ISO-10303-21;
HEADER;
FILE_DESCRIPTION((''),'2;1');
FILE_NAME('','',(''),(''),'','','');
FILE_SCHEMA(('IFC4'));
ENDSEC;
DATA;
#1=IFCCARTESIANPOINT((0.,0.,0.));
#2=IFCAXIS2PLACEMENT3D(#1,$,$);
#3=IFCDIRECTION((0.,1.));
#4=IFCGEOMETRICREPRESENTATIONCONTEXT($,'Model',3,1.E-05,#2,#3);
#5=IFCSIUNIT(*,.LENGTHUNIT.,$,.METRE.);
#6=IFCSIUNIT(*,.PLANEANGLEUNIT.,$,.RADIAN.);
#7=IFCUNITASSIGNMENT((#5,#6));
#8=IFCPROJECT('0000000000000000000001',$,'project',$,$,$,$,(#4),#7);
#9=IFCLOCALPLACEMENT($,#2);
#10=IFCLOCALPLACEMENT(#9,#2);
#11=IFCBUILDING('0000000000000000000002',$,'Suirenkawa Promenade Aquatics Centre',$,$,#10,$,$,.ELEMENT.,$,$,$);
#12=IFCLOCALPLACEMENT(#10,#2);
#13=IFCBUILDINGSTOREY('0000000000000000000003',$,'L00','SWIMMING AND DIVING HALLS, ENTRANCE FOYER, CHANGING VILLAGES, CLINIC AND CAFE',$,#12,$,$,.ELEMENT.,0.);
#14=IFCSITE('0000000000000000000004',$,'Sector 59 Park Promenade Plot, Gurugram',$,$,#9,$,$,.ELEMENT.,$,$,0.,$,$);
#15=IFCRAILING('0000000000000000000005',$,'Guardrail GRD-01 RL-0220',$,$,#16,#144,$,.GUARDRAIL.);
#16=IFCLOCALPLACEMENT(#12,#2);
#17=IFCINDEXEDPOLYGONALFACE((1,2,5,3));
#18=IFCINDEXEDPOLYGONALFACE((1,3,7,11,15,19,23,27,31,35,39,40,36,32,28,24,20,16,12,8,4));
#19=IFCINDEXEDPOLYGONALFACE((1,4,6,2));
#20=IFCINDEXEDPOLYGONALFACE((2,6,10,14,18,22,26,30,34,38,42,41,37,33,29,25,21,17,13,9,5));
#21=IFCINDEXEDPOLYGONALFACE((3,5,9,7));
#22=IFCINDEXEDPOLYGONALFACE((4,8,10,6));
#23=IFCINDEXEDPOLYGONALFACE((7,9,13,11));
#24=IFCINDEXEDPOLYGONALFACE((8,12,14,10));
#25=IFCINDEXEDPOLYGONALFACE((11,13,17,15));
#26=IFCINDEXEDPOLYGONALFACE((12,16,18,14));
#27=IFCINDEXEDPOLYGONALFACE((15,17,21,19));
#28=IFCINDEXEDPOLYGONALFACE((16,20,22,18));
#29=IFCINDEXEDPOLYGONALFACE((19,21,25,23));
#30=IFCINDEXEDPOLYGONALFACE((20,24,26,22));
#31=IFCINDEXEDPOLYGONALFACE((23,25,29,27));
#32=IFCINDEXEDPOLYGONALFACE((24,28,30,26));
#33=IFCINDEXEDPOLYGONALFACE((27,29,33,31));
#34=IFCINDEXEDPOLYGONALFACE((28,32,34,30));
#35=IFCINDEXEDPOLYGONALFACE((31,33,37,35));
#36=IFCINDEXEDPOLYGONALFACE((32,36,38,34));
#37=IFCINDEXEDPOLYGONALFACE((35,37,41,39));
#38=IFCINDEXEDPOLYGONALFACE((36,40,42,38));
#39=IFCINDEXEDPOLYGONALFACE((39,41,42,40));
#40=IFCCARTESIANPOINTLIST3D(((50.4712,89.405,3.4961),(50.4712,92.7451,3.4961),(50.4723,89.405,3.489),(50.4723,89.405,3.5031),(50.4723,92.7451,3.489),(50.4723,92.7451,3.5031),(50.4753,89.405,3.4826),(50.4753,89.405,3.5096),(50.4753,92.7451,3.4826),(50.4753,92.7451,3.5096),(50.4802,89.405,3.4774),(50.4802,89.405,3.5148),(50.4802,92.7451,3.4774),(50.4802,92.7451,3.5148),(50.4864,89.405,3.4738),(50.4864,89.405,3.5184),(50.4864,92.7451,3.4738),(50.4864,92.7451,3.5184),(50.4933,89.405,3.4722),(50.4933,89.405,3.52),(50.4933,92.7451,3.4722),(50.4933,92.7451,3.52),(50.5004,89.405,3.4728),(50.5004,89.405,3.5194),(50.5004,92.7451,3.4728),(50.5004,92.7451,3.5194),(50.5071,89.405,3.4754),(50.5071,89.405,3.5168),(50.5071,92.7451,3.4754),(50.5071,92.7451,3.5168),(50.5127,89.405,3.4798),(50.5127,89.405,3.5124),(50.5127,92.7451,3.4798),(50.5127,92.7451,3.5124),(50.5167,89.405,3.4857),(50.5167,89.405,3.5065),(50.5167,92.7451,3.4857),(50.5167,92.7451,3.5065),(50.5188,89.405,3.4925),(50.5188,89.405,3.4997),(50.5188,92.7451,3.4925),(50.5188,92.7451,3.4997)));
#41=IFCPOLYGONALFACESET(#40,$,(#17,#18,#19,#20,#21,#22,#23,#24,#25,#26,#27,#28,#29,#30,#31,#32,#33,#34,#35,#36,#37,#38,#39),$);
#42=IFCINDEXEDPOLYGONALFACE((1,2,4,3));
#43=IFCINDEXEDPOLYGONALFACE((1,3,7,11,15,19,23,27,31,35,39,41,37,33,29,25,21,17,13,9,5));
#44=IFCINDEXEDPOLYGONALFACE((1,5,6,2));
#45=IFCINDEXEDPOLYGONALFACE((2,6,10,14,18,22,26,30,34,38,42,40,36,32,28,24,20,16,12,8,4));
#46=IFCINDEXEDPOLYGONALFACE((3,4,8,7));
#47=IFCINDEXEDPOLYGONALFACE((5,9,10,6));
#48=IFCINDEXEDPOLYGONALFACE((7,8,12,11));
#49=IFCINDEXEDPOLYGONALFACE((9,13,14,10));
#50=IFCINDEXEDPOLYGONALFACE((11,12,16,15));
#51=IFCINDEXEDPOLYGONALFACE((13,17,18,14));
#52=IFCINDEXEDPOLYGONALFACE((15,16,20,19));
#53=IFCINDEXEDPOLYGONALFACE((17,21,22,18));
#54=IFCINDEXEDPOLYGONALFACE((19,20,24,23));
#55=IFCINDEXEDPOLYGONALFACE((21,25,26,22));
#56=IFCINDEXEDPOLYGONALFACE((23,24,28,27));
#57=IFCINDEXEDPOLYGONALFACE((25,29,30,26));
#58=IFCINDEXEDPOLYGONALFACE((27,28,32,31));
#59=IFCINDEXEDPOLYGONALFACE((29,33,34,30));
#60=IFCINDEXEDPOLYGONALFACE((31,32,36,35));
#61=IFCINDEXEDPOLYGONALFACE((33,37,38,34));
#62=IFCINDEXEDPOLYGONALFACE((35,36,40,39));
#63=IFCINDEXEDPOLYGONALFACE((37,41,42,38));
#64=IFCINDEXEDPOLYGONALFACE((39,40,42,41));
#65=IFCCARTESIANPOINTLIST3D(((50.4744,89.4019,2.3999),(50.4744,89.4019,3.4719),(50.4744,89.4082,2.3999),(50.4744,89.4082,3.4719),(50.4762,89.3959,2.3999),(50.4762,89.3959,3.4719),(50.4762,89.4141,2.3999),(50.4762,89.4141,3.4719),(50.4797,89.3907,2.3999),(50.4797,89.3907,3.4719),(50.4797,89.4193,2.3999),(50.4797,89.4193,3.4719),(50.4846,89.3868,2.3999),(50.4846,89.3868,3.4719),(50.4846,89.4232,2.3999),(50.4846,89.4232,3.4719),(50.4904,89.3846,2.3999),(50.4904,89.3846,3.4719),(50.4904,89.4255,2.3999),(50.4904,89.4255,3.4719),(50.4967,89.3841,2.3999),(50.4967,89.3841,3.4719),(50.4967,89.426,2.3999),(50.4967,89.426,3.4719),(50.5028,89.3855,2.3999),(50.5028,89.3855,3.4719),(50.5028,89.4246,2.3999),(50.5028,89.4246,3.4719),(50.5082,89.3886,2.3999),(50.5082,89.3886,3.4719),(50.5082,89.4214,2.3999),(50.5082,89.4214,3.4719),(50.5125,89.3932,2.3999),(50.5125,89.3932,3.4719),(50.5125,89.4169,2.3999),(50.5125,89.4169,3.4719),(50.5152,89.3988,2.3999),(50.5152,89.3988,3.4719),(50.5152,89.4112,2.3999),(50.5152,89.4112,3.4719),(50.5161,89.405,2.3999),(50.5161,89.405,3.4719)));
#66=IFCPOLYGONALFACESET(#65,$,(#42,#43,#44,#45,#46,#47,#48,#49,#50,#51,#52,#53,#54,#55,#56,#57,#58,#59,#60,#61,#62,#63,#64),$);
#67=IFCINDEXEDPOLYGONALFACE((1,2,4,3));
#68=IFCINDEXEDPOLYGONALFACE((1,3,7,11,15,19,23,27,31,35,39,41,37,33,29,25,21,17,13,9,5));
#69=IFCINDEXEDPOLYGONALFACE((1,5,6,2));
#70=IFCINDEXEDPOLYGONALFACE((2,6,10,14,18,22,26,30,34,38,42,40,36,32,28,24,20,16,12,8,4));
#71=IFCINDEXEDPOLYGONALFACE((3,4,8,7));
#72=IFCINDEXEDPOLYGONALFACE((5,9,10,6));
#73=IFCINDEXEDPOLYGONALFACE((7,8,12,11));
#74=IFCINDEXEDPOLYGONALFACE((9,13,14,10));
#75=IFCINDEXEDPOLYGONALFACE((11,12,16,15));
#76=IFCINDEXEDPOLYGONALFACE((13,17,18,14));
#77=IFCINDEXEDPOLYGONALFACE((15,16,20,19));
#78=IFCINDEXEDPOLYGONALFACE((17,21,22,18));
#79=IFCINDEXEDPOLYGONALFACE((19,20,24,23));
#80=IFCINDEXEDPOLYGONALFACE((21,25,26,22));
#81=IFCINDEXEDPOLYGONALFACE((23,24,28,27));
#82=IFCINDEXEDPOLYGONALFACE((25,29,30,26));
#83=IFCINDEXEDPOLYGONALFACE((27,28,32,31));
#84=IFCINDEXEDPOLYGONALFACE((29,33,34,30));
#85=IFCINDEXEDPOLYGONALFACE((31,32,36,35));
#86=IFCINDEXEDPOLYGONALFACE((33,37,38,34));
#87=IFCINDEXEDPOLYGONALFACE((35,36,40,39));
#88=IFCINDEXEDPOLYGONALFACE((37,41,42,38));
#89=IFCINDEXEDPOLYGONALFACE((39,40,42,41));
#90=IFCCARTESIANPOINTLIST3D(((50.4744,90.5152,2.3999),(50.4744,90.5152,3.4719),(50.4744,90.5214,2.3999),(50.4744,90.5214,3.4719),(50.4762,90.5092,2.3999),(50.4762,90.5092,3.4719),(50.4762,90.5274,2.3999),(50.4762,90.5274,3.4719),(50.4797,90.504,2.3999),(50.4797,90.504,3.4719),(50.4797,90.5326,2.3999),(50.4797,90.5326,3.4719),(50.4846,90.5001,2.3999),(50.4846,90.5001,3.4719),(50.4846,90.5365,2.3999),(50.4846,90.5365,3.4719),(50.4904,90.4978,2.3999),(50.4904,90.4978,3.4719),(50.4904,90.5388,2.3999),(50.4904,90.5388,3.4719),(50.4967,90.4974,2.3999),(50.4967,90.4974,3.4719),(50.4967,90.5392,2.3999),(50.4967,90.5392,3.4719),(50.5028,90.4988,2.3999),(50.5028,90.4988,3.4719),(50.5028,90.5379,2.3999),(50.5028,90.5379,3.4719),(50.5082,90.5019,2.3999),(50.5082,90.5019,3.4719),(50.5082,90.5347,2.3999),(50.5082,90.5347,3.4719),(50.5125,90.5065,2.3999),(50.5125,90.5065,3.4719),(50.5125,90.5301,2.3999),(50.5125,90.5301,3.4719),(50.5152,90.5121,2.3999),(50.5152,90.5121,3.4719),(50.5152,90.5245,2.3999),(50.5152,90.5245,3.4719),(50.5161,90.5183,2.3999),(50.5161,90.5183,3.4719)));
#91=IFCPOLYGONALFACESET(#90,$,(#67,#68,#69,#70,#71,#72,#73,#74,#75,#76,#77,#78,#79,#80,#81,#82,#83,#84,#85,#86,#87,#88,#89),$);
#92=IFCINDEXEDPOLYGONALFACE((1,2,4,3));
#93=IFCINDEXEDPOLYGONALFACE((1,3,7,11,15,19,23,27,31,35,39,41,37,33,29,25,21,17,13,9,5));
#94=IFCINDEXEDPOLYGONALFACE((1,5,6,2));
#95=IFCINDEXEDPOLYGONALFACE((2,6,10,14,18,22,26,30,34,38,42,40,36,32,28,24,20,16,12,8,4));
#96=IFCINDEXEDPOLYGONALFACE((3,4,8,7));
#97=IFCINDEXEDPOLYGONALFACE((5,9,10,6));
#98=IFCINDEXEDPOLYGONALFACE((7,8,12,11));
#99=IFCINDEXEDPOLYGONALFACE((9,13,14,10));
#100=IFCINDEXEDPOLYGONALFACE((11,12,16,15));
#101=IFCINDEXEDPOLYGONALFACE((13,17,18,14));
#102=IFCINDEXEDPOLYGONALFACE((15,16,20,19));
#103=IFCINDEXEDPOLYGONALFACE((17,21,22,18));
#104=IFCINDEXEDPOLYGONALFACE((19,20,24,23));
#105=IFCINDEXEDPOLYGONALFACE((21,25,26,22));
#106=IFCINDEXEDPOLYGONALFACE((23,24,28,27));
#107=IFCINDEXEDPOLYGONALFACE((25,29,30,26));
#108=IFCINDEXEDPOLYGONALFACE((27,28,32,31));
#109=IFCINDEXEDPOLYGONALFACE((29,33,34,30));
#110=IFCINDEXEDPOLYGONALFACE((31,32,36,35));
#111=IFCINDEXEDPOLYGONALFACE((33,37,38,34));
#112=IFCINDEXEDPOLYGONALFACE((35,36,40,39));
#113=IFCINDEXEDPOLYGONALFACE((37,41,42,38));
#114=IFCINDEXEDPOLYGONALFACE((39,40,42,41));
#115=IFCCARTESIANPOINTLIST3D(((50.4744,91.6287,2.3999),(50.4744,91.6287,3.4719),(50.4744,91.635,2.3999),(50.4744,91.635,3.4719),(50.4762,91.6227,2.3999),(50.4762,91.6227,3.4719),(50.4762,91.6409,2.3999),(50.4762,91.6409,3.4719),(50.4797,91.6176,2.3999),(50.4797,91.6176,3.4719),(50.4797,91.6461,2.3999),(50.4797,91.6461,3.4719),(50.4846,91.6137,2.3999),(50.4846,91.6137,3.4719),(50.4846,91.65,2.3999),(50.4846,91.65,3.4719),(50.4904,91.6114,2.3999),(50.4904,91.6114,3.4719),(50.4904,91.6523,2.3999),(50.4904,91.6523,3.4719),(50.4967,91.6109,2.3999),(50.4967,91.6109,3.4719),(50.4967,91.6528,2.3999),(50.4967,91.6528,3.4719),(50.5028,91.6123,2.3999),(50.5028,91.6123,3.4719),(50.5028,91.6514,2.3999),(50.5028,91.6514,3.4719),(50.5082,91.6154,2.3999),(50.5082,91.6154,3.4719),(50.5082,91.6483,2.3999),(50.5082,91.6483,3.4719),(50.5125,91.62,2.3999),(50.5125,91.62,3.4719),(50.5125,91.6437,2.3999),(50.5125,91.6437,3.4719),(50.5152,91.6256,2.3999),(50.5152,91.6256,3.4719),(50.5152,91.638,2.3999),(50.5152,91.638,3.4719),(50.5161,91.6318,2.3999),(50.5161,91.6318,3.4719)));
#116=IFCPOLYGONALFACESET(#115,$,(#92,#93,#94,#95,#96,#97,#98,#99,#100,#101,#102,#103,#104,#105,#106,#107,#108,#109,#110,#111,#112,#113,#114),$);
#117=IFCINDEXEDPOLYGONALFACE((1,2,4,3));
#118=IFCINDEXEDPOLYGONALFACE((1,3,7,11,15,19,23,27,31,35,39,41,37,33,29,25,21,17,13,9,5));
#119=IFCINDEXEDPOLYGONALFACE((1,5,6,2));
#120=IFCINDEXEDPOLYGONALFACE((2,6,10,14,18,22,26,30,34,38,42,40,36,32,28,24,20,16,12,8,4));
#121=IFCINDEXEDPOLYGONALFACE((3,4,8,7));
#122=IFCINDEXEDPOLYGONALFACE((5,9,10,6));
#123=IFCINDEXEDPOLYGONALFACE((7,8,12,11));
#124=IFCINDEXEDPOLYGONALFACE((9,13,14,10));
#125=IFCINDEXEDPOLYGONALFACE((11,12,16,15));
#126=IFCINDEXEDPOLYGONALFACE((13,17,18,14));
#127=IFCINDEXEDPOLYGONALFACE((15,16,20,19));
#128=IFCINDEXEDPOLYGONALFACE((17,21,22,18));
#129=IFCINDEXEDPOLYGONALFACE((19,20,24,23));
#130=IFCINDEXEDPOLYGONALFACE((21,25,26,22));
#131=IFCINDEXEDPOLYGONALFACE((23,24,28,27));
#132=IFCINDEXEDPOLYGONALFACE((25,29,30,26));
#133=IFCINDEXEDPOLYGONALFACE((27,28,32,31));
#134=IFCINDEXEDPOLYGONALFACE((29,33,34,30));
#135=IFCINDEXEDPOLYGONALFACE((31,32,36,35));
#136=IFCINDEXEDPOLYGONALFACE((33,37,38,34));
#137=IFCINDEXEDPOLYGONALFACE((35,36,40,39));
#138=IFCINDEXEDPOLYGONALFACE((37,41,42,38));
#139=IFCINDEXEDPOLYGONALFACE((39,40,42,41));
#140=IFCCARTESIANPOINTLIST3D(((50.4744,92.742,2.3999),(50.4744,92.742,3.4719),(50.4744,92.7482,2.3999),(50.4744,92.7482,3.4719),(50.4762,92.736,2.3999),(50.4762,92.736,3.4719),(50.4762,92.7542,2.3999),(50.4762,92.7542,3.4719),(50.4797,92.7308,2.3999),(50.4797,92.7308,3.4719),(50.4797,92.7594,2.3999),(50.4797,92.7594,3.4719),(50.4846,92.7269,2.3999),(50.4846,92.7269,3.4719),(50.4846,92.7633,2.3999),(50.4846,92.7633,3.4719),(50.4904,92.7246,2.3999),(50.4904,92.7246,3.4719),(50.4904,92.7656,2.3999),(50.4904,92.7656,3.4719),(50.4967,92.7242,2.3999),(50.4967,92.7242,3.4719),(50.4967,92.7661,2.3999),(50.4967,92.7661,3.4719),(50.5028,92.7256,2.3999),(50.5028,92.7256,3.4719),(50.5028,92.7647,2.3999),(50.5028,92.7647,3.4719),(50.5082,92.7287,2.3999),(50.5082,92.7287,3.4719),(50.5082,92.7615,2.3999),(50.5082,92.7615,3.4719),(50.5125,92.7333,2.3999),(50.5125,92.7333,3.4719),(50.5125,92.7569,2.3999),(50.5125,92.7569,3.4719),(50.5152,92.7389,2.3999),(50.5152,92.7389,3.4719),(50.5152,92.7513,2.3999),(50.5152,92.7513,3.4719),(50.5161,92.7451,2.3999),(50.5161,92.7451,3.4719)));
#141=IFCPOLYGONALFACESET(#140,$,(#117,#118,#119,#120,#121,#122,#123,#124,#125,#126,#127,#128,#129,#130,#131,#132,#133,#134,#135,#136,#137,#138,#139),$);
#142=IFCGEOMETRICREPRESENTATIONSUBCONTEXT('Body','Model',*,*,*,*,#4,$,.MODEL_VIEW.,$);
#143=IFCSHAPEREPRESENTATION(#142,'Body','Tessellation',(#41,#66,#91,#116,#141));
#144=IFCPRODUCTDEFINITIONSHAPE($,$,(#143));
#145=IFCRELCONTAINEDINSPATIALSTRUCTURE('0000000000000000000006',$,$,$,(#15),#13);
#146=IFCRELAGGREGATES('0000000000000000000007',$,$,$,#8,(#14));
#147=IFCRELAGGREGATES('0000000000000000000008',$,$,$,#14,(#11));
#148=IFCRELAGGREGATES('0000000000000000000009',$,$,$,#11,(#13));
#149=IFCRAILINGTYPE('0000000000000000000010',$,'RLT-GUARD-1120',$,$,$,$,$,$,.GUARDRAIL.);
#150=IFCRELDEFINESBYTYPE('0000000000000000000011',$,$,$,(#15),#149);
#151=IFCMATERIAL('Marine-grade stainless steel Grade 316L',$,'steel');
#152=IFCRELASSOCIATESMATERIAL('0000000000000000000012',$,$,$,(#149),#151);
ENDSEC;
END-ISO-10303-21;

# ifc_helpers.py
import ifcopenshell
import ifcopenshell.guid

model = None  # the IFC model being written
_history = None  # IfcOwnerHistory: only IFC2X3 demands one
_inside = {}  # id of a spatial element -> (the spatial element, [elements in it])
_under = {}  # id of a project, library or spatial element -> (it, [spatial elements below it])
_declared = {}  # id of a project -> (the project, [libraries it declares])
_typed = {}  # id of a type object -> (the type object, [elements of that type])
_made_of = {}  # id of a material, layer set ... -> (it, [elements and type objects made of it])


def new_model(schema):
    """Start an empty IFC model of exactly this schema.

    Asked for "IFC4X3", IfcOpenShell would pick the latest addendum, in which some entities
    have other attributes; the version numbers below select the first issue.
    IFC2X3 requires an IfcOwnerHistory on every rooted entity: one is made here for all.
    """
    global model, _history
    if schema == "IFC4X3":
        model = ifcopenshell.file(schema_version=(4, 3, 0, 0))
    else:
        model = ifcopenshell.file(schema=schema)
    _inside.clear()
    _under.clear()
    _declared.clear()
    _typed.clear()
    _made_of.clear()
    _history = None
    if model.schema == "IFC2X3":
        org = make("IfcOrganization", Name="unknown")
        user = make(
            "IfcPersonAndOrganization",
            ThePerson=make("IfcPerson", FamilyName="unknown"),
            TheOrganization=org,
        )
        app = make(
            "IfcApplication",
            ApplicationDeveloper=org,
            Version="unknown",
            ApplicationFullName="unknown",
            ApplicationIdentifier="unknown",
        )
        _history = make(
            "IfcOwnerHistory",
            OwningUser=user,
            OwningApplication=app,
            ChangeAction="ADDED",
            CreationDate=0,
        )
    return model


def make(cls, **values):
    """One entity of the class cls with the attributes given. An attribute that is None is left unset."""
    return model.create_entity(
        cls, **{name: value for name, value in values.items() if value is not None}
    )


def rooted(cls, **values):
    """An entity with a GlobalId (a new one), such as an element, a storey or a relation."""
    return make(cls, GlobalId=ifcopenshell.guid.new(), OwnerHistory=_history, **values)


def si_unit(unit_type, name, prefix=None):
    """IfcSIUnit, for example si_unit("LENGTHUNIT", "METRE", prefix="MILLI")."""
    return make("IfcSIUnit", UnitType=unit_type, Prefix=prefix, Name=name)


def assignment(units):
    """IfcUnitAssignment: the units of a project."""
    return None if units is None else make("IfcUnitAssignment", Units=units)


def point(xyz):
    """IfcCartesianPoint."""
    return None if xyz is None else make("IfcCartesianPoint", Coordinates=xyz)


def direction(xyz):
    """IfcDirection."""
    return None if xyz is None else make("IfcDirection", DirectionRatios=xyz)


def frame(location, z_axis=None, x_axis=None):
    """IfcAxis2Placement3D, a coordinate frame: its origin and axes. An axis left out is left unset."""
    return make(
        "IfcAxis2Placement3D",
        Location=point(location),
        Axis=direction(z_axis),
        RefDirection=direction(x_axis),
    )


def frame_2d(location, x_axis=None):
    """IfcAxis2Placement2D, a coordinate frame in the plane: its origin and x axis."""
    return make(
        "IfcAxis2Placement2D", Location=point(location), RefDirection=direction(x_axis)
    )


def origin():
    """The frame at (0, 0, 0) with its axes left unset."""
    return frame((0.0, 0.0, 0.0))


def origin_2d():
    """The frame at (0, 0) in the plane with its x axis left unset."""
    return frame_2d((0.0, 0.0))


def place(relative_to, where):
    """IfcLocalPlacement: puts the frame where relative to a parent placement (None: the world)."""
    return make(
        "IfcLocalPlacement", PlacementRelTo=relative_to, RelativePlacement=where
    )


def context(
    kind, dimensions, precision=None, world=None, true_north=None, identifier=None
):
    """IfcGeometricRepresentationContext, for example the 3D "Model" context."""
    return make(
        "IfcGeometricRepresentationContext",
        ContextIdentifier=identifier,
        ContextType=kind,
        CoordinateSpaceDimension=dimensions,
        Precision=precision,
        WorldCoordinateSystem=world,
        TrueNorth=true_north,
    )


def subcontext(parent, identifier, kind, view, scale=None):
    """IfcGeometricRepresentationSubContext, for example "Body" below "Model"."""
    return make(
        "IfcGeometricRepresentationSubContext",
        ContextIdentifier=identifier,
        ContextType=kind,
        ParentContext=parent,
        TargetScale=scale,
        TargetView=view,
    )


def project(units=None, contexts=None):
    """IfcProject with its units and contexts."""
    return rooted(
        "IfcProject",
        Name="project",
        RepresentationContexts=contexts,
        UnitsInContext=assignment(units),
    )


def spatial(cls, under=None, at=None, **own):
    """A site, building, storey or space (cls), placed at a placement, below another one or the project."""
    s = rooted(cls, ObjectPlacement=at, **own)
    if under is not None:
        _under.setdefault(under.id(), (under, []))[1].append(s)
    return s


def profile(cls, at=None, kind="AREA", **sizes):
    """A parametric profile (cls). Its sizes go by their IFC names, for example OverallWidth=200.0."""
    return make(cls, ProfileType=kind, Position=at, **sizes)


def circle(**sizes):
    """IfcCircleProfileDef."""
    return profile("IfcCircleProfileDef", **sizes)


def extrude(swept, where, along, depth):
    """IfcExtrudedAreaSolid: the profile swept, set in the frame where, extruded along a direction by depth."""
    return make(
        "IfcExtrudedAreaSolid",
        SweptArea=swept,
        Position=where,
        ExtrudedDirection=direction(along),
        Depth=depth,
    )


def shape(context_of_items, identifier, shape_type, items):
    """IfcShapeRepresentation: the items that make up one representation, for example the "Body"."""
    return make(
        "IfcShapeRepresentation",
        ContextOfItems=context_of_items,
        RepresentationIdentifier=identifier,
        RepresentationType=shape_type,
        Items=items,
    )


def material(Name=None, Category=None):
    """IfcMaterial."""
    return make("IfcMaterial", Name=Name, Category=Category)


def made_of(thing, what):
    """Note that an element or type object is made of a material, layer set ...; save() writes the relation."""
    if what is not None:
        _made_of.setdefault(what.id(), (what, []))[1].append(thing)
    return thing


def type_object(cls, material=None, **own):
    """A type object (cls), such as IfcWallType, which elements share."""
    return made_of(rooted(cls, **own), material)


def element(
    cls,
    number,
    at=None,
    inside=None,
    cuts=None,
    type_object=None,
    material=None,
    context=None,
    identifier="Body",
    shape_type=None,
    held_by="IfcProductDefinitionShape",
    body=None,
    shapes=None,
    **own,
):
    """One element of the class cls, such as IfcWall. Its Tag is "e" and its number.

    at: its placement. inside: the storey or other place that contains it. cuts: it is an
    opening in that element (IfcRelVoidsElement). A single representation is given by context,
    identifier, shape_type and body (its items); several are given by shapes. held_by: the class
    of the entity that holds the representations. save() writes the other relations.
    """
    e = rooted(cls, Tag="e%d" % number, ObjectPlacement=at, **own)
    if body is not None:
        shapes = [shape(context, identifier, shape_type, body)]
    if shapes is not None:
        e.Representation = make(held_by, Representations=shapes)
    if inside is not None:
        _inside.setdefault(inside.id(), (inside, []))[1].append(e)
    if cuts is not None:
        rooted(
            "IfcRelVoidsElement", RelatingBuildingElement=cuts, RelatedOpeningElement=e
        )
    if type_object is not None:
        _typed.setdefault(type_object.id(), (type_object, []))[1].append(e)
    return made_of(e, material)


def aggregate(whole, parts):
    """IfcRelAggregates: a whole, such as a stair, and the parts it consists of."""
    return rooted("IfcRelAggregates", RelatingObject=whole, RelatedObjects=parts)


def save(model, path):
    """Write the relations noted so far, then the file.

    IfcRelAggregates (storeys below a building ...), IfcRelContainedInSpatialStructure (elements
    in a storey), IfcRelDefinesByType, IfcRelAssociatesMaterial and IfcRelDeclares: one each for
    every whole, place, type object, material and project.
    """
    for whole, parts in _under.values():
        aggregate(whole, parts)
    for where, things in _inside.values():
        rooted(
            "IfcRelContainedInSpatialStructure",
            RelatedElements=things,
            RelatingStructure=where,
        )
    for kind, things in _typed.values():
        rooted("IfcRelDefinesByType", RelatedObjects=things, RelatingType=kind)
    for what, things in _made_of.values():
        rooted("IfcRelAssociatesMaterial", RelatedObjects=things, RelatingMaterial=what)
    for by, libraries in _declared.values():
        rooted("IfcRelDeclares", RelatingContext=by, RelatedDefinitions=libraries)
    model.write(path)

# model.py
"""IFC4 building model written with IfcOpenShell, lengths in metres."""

from ifc_helpers import new_model, si_unit, direction, frame, origin, origin_2d, place, context, subcontext, project, spatial, circle, extrude, material, type_object, element, save


model = new_model("IFC4")

# Units and contexts
model_context = context("Model", 3, precision=1e-05, world=origin(), true_north=direction((0.0, 1.0)))
body_context = subcontext(model_context, "Body", "Model", "MODEL_VIEW")
ifc_project = project(units=[si_unit("LENGTHUNIT", "METRE"), si_unit("PLANEANGLEUNIT", "RADIAN")], contexts=[model_context])

# Site, building, storey
site_placement = place(None, origin())
site = spatial("IfcSite", under=ifc_project, at=site_placement, Name="Sector 59 Park Promenade Plot, Gurugram", CompositionType="ELEMENT", RefElevation=0.0)
building_placement = place(site_placement, origin())
building = spatial("IfcBuilding", under=site, at=building_placement, Name="Suirenkawa Promenade Aquatics Centre", CompositionType="ELEMENT")
storey_placement = place(building_placement, origin())
storey = spatial("IfcBuildingStorey", under=building, at=storey_placement, Name="L00", Description="SWIMMING AND DIVING HALLS, ENTRANCE FOYER, CHANGING VILLAGES, CLINIC AND CAFE", CompositionType="ELEMENT", Elevation=0.0)

# Railing
ifc_material_1 = material(Name="Marine-grade stainless steel Grade 316L", Category="steel")
railing_type_1 = type_object("IfcRailingType", Name="RLT-GUARD-1120", PredefinedType="GUARDRAIL", material=ifc_material_1)
for number, where, name in (
    (1, (50.4951, 89.405, 2.3999), "Guardrail GRD-01 RL-0220"),
):
    element("IfcRailing", number, at=place(storey_placement, frame(where)), inside=storey, type_object=railing_type_1, Name=name, PredefinedType="GUARDRAIL", context=body_context, shape_type="SweptSolid", body=[
        extrude(circle(Radius=0.0239, at=origin_2d()), frame((0.0, 0.0, 1.0962), z_axis=(0.0, 1.0, 0.0), x_axis=(-1.0, 0.0, 0.0)), (0.0, 0.0, 1.0), 3.3401),
        extrude(circle(Radius=0.021, at=origin_2d()), origin(), (0.0, 0.0, 1.0), 1.072),
        extrude(circle(Radius=0.021, at=origin_2d()), frame((0.0, 1.1133, 0.0)), (0.0, 0.0, 1.0), 1.072),
        extrude(circle(Radius=0.021, at=origin_2d()), frame((0.0, 2.2268, 0.0)), (0.0, 0.0, 1.0), 1.072),
        extrude(circle(Radius=0.021, at=origin_2d()), frame((0.0, 3.3401, 0.0)), (0.0, 0.0, 1.0), 1.072),
    ])

save(model, "model.ifc")
